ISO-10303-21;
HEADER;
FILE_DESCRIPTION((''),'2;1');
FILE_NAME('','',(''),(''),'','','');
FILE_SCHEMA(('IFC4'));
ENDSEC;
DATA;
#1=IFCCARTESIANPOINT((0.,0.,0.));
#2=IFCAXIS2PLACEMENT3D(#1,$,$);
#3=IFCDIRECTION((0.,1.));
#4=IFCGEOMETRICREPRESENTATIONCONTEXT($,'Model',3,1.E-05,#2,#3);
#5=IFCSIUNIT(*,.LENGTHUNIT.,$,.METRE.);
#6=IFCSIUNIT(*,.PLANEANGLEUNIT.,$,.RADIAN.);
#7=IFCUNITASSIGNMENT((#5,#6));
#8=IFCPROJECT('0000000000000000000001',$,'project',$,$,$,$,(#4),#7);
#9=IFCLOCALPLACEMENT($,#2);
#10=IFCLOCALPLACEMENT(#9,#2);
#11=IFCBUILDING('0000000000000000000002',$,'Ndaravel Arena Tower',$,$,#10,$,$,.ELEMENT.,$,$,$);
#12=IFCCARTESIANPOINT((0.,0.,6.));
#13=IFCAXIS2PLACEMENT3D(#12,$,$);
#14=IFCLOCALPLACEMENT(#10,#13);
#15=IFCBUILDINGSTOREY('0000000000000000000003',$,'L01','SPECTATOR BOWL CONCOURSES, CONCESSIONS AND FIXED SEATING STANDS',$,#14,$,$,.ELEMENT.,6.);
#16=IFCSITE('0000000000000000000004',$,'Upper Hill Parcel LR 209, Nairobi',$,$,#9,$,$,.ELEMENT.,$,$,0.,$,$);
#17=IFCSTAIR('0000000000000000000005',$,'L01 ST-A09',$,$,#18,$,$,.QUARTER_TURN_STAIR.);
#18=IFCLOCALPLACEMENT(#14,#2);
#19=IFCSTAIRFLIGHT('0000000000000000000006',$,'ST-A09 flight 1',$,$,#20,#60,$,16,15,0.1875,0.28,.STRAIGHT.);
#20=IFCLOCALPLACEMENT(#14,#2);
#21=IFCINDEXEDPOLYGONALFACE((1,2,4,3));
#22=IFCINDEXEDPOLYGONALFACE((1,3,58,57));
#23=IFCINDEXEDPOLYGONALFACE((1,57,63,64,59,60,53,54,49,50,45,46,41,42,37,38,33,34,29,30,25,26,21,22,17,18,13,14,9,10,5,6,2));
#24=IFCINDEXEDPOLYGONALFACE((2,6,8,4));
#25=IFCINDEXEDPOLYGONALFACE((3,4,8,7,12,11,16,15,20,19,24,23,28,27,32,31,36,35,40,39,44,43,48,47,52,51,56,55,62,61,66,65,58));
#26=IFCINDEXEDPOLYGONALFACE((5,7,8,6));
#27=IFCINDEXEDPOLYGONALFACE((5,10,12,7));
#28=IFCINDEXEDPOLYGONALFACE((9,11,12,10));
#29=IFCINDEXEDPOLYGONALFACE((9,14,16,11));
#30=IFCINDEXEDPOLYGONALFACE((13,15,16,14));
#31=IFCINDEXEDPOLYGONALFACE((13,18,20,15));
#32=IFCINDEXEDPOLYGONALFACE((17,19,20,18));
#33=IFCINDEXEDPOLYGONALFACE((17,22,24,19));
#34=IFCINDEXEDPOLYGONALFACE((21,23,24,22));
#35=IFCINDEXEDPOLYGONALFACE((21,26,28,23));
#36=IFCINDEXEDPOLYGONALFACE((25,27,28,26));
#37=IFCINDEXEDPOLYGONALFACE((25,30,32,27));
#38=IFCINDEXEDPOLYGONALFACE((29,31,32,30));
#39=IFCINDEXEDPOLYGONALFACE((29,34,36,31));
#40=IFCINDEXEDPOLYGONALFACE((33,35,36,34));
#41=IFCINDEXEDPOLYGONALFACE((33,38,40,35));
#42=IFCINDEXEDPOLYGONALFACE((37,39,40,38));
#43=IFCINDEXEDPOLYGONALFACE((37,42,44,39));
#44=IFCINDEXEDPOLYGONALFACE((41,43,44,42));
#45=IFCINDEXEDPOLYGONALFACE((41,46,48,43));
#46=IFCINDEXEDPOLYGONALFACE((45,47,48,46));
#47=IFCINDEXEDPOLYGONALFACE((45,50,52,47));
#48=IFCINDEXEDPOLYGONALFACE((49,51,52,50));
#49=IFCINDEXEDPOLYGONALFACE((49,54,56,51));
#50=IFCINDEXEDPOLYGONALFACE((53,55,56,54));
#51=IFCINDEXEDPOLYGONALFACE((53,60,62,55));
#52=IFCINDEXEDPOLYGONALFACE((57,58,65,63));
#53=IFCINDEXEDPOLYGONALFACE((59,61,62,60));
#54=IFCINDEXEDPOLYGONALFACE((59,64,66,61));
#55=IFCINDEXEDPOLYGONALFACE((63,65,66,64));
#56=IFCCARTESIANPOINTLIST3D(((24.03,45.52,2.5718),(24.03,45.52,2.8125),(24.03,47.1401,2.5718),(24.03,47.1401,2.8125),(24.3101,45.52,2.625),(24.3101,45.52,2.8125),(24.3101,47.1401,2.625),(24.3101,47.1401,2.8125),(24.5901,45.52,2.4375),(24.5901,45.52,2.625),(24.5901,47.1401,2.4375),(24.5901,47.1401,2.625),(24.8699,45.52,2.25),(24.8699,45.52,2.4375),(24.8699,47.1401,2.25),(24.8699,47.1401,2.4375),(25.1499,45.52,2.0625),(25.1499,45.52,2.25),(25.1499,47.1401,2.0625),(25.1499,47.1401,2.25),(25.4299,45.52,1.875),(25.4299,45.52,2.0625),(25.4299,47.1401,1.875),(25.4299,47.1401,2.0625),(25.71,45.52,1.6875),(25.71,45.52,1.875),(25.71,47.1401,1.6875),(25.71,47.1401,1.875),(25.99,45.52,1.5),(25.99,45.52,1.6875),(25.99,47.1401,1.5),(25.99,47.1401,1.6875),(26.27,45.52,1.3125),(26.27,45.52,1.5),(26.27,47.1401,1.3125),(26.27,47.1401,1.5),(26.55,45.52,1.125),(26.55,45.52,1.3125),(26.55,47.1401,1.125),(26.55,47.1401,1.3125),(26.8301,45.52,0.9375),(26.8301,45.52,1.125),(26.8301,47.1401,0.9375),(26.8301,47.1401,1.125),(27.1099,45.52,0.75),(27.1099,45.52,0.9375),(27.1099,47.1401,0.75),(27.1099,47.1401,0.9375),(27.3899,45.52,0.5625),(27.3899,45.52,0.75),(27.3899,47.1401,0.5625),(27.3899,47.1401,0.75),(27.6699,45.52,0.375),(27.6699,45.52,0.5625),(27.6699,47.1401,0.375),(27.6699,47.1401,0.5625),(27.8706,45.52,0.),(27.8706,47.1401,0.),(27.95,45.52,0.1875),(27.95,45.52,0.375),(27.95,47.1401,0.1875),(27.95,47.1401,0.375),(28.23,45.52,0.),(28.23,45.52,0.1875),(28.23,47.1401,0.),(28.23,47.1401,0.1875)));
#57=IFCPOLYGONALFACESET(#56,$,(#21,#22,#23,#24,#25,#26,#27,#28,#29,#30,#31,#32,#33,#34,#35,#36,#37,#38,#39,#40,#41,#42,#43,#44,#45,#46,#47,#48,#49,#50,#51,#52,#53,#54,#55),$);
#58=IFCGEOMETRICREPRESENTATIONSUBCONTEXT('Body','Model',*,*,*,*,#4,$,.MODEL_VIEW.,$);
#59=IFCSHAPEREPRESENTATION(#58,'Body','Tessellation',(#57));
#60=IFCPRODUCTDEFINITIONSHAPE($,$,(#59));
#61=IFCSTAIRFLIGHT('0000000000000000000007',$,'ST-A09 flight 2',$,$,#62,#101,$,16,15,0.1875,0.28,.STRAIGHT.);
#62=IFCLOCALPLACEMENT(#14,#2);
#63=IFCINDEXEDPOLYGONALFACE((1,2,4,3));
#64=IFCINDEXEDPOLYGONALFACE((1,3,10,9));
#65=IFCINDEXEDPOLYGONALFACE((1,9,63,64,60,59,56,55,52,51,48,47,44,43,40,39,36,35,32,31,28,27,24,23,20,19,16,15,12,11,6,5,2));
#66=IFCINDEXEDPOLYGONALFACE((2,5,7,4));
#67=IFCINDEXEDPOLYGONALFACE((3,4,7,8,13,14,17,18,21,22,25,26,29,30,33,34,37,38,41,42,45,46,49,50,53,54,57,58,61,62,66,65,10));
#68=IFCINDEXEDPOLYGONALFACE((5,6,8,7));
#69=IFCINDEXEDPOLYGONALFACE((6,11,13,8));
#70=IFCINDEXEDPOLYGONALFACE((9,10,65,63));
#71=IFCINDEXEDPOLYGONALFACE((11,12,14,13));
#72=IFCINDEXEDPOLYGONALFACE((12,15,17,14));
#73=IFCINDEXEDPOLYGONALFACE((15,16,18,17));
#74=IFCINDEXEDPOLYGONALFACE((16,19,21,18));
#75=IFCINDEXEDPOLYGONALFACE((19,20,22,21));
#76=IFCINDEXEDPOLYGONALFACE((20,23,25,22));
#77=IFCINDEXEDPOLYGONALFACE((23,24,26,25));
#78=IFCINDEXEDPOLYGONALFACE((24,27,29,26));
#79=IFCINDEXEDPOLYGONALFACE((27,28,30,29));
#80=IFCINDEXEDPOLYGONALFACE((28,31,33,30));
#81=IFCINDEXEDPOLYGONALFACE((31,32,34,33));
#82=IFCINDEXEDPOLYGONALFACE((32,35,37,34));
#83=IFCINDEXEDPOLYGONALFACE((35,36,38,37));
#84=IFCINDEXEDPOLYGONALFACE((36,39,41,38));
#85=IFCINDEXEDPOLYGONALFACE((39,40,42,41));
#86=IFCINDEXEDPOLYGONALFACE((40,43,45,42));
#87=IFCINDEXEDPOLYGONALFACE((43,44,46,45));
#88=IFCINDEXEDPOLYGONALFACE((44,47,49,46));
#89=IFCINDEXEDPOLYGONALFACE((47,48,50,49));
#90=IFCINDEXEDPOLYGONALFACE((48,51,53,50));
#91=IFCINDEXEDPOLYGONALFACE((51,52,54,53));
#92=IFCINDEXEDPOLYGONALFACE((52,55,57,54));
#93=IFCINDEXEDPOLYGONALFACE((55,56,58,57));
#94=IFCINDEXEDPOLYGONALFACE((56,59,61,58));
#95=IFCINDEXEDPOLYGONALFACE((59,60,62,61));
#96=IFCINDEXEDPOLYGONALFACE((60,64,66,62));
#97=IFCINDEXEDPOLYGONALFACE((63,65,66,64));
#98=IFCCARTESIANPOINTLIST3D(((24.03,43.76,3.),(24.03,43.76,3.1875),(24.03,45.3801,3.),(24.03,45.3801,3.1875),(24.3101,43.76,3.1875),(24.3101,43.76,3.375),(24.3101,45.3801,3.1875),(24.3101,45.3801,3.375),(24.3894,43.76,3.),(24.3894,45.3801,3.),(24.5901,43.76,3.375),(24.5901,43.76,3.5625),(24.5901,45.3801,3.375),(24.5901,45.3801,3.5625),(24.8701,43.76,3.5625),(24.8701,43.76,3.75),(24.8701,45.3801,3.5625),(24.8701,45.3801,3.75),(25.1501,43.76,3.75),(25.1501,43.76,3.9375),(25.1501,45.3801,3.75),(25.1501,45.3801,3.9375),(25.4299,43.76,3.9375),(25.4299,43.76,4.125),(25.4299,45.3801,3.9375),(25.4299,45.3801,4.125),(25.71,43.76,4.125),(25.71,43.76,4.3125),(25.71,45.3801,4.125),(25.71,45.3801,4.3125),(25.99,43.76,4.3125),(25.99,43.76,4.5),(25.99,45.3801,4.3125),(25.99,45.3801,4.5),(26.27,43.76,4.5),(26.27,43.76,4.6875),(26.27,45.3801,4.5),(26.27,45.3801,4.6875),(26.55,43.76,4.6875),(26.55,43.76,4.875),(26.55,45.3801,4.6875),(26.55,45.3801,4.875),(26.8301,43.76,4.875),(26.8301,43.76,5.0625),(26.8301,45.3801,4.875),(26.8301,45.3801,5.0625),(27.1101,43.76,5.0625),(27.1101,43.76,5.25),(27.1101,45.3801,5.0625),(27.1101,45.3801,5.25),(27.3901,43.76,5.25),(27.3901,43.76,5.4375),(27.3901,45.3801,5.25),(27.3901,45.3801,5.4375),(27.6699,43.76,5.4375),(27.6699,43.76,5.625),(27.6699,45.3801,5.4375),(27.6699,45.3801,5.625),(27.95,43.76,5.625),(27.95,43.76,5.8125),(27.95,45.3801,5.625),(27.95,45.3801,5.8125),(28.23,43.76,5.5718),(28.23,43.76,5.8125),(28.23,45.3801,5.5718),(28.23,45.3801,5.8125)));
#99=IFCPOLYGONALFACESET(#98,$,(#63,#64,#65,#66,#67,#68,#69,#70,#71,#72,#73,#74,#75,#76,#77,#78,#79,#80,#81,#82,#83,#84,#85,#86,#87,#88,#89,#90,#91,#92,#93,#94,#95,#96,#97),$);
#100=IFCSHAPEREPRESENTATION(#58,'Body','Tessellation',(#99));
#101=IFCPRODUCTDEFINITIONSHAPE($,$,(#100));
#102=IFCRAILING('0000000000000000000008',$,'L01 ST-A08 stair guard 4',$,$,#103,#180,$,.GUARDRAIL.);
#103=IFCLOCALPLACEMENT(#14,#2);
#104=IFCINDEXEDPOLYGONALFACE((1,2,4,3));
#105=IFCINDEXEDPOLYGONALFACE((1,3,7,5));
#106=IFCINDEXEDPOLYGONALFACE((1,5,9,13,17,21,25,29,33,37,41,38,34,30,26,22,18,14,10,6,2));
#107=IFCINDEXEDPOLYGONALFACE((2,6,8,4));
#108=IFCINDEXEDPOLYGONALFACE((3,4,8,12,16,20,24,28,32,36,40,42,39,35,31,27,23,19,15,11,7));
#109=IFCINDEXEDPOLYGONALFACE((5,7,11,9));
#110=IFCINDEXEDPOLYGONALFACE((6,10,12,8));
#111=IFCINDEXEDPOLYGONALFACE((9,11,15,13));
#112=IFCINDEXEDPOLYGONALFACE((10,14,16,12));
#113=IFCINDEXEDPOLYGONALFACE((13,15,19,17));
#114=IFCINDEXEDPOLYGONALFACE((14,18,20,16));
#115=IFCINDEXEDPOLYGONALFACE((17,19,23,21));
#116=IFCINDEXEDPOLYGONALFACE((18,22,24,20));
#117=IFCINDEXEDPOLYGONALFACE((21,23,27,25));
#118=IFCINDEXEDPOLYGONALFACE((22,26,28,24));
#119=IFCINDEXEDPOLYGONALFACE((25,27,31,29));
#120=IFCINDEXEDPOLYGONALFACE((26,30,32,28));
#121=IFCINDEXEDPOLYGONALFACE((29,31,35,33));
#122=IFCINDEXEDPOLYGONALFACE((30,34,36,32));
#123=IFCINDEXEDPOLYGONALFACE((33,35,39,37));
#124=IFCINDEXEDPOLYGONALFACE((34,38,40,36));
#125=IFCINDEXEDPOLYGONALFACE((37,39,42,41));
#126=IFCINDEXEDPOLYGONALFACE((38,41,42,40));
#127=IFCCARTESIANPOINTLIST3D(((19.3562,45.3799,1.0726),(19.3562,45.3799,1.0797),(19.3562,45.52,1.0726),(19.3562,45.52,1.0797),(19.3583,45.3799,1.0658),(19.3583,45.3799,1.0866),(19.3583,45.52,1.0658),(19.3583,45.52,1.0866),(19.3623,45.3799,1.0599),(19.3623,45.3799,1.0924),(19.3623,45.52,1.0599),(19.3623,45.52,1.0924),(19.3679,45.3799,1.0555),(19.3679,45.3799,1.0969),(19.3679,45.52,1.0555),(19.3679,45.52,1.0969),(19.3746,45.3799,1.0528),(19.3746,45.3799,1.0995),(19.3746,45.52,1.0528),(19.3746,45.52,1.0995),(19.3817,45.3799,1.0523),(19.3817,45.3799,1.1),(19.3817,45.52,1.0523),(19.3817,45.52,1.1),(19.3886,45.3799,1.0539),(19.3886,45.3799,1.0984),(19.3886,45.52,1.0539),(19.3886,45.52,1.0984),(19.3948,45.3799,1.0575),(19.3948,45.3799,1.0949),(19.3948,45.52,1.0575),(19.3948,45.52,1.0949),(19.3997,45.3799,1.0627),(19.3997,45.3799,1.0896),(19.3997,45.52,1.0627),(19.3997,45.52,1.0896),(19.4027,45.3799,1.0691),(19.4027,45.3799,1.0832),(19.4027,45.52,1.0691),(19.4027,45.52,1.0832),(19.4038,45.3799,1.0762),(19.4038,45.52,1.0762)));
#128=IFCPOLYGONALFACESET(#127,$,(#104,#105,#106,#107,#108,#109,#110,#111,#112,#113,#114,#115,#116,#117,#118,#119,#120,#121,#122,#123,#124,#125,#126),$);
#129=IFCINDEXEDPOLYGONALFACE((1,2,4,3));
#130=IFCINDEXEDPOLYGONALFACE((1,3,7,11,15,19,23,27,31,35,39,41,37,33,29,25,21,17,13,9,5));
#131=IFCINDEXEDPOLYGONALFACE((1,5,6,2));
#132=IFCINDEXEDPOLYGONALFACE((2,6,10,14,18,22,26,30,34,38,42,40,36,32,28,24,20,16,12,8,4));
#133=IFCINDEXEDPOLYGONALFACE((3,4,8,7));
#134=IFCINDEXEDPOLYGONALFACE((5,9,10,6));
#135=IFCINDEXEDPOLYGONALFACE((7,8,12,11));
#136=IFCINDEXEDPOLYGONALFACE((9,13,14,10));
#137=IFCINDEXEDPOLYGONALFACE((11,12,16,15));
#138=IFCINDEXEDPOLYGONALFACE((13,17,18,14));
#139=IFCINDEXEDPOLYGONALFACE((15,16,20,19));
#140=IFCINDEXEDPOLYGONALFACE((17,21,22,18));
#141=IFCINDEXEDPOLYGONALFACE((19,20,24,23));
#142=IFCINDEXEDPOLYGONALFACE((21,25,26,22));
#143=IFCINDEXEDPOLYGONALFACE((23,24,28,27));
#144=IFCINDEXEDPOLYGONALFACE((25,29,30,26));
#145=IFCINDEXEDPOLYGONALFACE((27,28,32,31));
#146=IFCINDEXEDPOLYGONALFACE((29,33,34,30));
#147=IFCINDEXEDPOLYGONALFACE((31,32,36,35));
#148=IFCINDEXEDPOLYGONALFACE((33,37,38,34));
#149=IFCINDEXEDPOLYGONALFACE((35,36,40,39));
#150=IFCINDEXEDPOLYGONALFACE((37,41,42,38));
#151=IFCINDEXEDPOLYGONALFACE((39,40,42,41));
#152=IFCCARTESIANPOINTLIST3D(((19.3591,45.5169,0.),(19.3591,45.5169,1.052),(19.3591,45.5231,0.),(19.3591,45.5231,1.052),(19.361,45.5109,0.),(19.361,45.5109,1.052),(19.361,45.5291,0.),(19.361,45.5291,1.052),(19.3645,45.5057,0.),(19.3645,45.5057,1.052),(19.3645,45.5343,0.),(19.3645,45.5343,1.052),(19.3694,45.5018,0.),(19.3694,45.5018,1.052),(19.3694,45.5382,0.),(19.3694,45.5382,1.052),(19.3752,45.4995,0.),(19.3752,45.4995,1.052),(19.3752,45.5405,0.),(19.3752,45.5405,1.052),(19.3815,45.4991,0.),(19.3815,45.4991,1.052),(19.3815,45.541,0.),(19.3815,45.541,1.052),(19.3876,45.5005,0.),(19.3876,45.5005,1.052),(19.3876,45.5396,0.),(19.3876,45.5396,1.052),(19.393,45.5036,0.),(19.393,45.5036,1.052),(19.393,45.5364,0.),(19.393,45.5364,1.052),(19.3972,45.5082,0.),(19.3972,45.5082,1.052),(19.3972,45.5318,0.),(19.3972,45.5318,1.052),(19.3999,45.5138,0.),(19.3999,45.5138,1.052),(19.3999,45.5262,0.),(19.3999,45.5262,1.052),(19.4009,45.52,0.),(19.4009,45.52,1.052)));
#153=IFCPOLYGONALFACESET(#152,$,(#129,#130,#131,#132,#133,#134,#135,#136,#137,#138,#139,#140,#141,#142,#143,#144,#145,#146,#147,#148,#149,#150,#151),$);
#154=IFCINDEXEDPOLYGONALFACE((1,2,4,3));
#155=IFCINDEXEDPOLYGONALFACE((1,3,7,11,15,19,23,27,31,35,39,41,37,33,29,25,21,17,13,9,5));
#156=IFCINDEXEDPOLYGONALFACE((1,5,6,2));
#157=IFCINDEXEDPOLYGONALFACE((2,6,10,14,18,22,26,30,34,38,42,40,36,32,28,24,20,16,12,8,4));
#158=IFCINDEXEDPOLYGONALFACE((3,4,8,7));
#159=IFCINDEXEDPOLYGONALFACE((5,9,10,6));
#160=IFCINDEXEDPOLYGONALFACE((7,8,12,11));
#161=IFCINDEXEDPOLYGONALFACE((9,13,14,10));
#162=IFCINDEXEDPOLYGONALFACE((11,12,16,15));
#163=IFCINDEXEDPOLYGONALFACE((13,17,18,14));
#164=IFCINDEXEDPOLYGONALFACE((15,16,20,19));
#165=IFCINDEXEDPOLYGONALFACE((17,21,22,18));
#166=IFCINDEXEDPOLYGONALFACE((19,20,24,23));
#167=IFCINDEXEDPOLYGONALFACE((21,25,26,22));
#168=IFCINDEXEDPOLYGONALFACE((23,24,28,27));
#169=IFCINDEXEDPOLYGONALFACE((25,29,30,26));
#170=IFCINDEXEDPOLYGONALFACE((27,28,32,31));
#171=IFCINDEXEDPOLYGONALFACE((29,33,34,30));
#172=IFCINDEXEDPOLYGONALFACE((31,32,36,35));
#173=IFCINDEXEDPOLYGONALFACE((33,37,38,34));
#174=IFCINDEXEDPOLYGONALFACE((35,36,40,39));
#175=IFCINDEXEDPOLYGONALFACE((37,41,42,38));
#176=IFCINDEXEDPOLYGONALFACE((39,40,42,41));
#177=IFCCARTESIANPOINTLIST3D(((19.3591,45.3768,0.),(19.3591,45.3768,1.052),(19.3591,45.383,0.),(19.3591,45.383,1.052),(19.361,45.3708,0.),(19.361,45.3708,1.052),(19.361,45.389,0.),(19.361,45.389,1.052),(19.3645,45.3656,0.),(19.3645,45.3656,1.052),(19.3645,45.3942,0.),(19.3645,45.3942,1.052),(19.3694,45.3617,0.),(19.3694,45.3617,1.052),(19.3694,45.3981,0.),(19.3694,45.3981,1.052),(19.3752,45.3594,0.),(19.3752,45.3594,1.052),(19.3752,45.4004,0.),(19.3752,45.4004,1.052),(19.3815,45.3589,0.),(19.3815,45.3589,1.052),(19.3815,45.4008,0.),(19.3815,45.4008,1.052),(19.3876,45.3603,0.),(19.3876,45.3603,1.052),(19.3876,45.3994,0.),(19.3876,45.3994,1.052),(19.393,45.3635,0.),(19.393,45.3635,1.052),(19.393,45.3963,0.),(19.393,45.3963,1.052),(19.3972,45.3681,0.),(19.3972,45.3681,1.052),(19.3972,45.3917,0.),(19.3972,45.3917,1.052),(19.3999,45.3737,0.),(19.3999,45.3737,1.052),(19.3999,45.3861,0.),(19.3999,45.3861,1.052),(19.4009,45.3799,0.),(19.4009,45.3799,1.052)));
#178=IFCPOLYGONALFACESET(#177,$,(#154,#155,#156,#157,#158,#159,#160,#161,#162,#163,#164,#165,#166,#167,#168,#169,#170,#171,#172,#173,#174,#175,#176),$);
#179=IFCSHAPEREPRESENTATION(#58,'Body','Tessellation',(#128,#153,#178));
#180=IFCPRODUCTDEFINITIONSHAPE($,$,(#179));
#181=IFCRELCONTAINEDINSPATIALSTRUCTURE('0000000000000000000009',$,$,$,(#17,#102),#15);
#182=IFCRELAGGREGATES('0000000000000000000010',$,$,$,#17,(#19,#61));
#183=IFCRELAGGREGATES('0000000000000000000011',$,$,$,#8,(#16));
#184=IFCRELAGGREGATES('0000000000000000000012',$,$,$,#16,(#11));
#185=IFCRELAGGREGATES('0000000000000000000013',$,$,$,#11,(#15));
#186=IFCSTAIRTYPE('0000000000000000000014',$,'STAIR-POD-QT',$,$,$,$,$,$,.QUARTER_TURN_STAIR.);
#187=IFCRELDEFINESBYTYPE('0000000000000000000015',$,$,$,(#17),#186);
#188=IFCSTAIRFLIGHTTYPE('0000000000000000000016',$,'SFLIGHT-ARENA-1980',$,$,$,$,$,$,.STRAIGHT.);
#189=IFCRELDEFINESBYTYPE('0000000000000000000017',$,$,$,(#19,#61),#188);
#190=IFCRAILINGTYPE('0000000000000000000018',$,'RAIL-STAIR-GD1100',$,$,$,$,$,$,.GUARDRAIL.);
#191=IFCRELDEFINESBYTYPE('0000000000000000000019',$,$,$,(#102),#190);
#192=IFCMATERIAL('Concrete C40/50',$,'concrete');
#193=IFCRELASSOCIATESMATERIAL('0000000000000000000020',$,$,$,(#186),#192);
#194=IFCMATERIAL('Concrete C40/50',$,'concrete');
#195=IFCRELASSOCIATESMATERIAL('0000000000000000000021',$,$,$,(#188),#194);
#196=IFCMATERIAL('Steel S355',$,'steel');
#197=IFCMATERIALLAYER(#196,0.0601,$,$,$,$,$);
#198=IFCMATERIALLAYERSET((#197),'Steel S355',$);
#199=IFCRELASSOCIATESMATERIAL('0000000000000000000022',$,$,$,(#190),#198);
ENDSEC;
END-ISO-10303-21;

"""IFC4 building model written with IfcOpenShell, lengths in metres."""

from ifc_helpers import new_model, si_unit, direction, frame, origin, origin_2d, place, context, subcontext, project, spatial, polyline, circle, outline, extrude, material, layer, layer_set, type_object, element, aggregate, save


model = new_model("IFC4")

# Units and contexts
model_context = context("Model", 3, precision=1e-05, world=origin(), true_north=direction((0.0, 1.0)))
body_context = subcontext(model_context, "Body", "Model", "MODEL_VIEW")
ifc_project = project(units=[si_unit("LENGTHUNIT", "METRE"), si_unit("PLANEANGLEUNIT", "RADIAN")], contexts=[model_context])

# Site, building, storey
site_placement = place(None, origin())
site = spatial("IfcSite", under=ifc_project, at=site_placement, Name="Upper Hill Parcel LR 209, Nairobi", CompositionType="ELEMENT", RefElevation=0.0)
building_placement = place(site_placement, origin())
building = spatial("IfcBuilding", under=site, at=building_placement, Name="Ndaravel Arena Tower", CompositionType="ELEMENT")
storey_placement = place(building_placement, frame((0.0, 0.0, 6.0)))
storey = spatial("IfcBuildingStorey", under=building, at=storey_placement, Name="L01", Description="SPECTATOR BOWL CONCOURSES, CONCESSIONS AND FIXED SEATING STANDS", CompositionType="ELEMENT", Elevation=6.0)

# Shared definitions
ifc_material_1 = material(Name="Concrete C40/50", Category="concrete")
stair_type = type_object("IfcStairType", Name="STAIR-POD-QT", PredefinedType="QUARTER_TURN_STAIR", material=ifc_material_1)
ifc_material_2 = material(Name="Concrete C40/50", Category="concrete")
stair_flight_type = type_object("IfcStairFlightType", Name="SFLIGHT-ARENA-1980", PredefinedType="STRAIGHT", material=ifc_material_2)

# Stair, stair flights
stair_1_placement = place(storey_placement, origin())
stair_1 = element("IfcStair", 1, at=stair_1_placement, inside=storey, type_object=stair_type, Name="L01 ST-A09", PredefinedType="QUARTER_TURN_STAIR")
stair_flight_1_placement = place(storey_placement, frame((28.23, 46.3301, 0.0), z_axis=(0.0, 0.0, 1.0), x_axis=(-1.0, 0.0, 0.0)))
stair_flight_1 = element("IfcStairFlight", 2, at=stair_flight_1_placement, type_object=stair_flight_type, Name="ST-A09 flight 1", NumberOfRisers=16, NumberOfTreads=15, PredefinedType="STRAIGHT", RiserHeight=0.1875, TreadLength=0.28, context=body_context, shape_type="SweptSolid", body=[
    extrude(outline(polyline([(0.0, 0.0), (0.0, 0.1875), (0.28, 0.1875), (0.28, 0.375), (0.5601, 0.375), (0.5601, 0.5625), (0.8401, 0.5625), (0.8401, 0.75), (1.1201, 0.75), (1.1201, 0.9375), (1.3999, 0.9375), (1.3999, 1.125), (1.6799, 1.125), (1.6799, 1.3125), (1.96, 1.3125), (1.96, 1.5), (2.24, 1.5), (2.24, 1.6875), (2.52, 1.6875), (2.52, 1.875), (2.8, 1.875), (2.8, 2.0625), (3.0801, 2.0625), (3.0801, 2.25), (3.3601, 2.25), (3.3601, 2.4375), (3.6399, 2.4375), (3.6399, 2.625), (3.9199, 2.625), (3.9199, 2.8125), (4.2, 2.8125), (4.2, 3.0), (4.2, 2.5718), (0.3594, 0.0), (0.0, 0.0)])), frame((0.0, 0.8101, 0.0), z_axis=(0.0, -1.0, 0.0), x_axis=(1.0, 0.0, 0.0)), (0.0, 0.0, 1.0), 1.6201),
])
stair_flight_2_placement = place(storey_placement, frame((24.03, 44.5701, 3.0), z_axis=(0.0, 0.0, 1.0), x_axis=(1.0, 0.0, 0.0)))
stair_flight_2 = element("IfcStairFlight", 3, at=stair_flight_2_placement, type_object=stair_flight_type, Name="ST-A09 flight 2", NumberOfRisers=16, NumberOfTreads=15, PredefinedType="STRAIGHT", RiserHeight=0.1875, TreadLength=0.28, context=body_context, shape_type="SweptSolid", body=[
    extrude(outline(polyline([(0.0, 0.0), (0.0, 0.1875), (0.28, 0.1875), (0.28, 0.375), (0.5601, 0.375), (0.5601, 0.5625), (0.8401, 0.5625), (0.8401, 0.75), (1.1201, 0.75), (1.1201, 0.9375), (1.3999, 0.9375), (1.3999, 1.125), (1.6799, 1.125), (1.6799, 1.3125), (1.96, 1.3125), (1.96, 1.5), (2.24, 1.5), (2.24, 1.6875), (2.52, 1.6875), (2.52, 1.875), (2.8, 1.875), (2.8, 2.0625), (3.0801, 2.0625), (3.0801, 2.25), (3.3601, 2.25), (3.3601, 2.4375), (3.6399, 2.4375), (3.6399, 2.625), (3.9199, 2.625), (3.9199, 2.8125), (4.2, 2.8125), (4.2, 3.0), (4.2, 2.5718), (0.3594, 0.0), (0.0, 0.0)])), frame((0.0, 0.8101, 0.0), z_axis=(0.0, -1.0, 0.0), x_axis=(1.0, 0.0, 0.0)), (0.0, 0.0, 1.0), 1.6201),
])
aggregate(stair_1, [stair_flight_1, stair_flight_2])

# Railing
ifc_material_3 = material(Name="Steel S355", Category="steel")
ifc_layer_1 = layer(ifc_material_3, 0.0601)
ifc_layer_set_1 = layer_set([ifc_layer_1], Name="Steel S355")
railing_type_1 = type_object("IfcRailingType", Name="RAIL-STAIR-GD1100", PredefinedType="GUARDRAIL", material=ifc_layer_set_1)
railing_1_placement = place(storey_placement, frame((19.3799, 45.52, 0.0)))
element("IfcRailing", 4, at=railing_1_placement, inside=storey, type_object=railing_type_1, Name="L01 ST-A08 stair guard 4", PredefinedType="GUARDRAIL", context=body_context, shape_type="SweptSolid", body=[
    extrude(circle(Radius=0.0239, at=origin_2d()), frame((0.0, 0.0, 1.0762), z_axis=(0.0, -1.0, 0.0), x_axis=(1.0, 0.0, 0.0)), (0.0, 0.0, 1.0), 0.1401),
    extrude(circle(Radius=0.021, at=origin_2d()), origin(), (0.0, 0.0, 1.0), 1.052),
    extrude(circle(Radius=0.021, at=origin_2d()), frame((0.0, -0.1401, 0.0)), (0.0, 0.0, 1.0), 1.052),
])

save(model, "model.ifc")
